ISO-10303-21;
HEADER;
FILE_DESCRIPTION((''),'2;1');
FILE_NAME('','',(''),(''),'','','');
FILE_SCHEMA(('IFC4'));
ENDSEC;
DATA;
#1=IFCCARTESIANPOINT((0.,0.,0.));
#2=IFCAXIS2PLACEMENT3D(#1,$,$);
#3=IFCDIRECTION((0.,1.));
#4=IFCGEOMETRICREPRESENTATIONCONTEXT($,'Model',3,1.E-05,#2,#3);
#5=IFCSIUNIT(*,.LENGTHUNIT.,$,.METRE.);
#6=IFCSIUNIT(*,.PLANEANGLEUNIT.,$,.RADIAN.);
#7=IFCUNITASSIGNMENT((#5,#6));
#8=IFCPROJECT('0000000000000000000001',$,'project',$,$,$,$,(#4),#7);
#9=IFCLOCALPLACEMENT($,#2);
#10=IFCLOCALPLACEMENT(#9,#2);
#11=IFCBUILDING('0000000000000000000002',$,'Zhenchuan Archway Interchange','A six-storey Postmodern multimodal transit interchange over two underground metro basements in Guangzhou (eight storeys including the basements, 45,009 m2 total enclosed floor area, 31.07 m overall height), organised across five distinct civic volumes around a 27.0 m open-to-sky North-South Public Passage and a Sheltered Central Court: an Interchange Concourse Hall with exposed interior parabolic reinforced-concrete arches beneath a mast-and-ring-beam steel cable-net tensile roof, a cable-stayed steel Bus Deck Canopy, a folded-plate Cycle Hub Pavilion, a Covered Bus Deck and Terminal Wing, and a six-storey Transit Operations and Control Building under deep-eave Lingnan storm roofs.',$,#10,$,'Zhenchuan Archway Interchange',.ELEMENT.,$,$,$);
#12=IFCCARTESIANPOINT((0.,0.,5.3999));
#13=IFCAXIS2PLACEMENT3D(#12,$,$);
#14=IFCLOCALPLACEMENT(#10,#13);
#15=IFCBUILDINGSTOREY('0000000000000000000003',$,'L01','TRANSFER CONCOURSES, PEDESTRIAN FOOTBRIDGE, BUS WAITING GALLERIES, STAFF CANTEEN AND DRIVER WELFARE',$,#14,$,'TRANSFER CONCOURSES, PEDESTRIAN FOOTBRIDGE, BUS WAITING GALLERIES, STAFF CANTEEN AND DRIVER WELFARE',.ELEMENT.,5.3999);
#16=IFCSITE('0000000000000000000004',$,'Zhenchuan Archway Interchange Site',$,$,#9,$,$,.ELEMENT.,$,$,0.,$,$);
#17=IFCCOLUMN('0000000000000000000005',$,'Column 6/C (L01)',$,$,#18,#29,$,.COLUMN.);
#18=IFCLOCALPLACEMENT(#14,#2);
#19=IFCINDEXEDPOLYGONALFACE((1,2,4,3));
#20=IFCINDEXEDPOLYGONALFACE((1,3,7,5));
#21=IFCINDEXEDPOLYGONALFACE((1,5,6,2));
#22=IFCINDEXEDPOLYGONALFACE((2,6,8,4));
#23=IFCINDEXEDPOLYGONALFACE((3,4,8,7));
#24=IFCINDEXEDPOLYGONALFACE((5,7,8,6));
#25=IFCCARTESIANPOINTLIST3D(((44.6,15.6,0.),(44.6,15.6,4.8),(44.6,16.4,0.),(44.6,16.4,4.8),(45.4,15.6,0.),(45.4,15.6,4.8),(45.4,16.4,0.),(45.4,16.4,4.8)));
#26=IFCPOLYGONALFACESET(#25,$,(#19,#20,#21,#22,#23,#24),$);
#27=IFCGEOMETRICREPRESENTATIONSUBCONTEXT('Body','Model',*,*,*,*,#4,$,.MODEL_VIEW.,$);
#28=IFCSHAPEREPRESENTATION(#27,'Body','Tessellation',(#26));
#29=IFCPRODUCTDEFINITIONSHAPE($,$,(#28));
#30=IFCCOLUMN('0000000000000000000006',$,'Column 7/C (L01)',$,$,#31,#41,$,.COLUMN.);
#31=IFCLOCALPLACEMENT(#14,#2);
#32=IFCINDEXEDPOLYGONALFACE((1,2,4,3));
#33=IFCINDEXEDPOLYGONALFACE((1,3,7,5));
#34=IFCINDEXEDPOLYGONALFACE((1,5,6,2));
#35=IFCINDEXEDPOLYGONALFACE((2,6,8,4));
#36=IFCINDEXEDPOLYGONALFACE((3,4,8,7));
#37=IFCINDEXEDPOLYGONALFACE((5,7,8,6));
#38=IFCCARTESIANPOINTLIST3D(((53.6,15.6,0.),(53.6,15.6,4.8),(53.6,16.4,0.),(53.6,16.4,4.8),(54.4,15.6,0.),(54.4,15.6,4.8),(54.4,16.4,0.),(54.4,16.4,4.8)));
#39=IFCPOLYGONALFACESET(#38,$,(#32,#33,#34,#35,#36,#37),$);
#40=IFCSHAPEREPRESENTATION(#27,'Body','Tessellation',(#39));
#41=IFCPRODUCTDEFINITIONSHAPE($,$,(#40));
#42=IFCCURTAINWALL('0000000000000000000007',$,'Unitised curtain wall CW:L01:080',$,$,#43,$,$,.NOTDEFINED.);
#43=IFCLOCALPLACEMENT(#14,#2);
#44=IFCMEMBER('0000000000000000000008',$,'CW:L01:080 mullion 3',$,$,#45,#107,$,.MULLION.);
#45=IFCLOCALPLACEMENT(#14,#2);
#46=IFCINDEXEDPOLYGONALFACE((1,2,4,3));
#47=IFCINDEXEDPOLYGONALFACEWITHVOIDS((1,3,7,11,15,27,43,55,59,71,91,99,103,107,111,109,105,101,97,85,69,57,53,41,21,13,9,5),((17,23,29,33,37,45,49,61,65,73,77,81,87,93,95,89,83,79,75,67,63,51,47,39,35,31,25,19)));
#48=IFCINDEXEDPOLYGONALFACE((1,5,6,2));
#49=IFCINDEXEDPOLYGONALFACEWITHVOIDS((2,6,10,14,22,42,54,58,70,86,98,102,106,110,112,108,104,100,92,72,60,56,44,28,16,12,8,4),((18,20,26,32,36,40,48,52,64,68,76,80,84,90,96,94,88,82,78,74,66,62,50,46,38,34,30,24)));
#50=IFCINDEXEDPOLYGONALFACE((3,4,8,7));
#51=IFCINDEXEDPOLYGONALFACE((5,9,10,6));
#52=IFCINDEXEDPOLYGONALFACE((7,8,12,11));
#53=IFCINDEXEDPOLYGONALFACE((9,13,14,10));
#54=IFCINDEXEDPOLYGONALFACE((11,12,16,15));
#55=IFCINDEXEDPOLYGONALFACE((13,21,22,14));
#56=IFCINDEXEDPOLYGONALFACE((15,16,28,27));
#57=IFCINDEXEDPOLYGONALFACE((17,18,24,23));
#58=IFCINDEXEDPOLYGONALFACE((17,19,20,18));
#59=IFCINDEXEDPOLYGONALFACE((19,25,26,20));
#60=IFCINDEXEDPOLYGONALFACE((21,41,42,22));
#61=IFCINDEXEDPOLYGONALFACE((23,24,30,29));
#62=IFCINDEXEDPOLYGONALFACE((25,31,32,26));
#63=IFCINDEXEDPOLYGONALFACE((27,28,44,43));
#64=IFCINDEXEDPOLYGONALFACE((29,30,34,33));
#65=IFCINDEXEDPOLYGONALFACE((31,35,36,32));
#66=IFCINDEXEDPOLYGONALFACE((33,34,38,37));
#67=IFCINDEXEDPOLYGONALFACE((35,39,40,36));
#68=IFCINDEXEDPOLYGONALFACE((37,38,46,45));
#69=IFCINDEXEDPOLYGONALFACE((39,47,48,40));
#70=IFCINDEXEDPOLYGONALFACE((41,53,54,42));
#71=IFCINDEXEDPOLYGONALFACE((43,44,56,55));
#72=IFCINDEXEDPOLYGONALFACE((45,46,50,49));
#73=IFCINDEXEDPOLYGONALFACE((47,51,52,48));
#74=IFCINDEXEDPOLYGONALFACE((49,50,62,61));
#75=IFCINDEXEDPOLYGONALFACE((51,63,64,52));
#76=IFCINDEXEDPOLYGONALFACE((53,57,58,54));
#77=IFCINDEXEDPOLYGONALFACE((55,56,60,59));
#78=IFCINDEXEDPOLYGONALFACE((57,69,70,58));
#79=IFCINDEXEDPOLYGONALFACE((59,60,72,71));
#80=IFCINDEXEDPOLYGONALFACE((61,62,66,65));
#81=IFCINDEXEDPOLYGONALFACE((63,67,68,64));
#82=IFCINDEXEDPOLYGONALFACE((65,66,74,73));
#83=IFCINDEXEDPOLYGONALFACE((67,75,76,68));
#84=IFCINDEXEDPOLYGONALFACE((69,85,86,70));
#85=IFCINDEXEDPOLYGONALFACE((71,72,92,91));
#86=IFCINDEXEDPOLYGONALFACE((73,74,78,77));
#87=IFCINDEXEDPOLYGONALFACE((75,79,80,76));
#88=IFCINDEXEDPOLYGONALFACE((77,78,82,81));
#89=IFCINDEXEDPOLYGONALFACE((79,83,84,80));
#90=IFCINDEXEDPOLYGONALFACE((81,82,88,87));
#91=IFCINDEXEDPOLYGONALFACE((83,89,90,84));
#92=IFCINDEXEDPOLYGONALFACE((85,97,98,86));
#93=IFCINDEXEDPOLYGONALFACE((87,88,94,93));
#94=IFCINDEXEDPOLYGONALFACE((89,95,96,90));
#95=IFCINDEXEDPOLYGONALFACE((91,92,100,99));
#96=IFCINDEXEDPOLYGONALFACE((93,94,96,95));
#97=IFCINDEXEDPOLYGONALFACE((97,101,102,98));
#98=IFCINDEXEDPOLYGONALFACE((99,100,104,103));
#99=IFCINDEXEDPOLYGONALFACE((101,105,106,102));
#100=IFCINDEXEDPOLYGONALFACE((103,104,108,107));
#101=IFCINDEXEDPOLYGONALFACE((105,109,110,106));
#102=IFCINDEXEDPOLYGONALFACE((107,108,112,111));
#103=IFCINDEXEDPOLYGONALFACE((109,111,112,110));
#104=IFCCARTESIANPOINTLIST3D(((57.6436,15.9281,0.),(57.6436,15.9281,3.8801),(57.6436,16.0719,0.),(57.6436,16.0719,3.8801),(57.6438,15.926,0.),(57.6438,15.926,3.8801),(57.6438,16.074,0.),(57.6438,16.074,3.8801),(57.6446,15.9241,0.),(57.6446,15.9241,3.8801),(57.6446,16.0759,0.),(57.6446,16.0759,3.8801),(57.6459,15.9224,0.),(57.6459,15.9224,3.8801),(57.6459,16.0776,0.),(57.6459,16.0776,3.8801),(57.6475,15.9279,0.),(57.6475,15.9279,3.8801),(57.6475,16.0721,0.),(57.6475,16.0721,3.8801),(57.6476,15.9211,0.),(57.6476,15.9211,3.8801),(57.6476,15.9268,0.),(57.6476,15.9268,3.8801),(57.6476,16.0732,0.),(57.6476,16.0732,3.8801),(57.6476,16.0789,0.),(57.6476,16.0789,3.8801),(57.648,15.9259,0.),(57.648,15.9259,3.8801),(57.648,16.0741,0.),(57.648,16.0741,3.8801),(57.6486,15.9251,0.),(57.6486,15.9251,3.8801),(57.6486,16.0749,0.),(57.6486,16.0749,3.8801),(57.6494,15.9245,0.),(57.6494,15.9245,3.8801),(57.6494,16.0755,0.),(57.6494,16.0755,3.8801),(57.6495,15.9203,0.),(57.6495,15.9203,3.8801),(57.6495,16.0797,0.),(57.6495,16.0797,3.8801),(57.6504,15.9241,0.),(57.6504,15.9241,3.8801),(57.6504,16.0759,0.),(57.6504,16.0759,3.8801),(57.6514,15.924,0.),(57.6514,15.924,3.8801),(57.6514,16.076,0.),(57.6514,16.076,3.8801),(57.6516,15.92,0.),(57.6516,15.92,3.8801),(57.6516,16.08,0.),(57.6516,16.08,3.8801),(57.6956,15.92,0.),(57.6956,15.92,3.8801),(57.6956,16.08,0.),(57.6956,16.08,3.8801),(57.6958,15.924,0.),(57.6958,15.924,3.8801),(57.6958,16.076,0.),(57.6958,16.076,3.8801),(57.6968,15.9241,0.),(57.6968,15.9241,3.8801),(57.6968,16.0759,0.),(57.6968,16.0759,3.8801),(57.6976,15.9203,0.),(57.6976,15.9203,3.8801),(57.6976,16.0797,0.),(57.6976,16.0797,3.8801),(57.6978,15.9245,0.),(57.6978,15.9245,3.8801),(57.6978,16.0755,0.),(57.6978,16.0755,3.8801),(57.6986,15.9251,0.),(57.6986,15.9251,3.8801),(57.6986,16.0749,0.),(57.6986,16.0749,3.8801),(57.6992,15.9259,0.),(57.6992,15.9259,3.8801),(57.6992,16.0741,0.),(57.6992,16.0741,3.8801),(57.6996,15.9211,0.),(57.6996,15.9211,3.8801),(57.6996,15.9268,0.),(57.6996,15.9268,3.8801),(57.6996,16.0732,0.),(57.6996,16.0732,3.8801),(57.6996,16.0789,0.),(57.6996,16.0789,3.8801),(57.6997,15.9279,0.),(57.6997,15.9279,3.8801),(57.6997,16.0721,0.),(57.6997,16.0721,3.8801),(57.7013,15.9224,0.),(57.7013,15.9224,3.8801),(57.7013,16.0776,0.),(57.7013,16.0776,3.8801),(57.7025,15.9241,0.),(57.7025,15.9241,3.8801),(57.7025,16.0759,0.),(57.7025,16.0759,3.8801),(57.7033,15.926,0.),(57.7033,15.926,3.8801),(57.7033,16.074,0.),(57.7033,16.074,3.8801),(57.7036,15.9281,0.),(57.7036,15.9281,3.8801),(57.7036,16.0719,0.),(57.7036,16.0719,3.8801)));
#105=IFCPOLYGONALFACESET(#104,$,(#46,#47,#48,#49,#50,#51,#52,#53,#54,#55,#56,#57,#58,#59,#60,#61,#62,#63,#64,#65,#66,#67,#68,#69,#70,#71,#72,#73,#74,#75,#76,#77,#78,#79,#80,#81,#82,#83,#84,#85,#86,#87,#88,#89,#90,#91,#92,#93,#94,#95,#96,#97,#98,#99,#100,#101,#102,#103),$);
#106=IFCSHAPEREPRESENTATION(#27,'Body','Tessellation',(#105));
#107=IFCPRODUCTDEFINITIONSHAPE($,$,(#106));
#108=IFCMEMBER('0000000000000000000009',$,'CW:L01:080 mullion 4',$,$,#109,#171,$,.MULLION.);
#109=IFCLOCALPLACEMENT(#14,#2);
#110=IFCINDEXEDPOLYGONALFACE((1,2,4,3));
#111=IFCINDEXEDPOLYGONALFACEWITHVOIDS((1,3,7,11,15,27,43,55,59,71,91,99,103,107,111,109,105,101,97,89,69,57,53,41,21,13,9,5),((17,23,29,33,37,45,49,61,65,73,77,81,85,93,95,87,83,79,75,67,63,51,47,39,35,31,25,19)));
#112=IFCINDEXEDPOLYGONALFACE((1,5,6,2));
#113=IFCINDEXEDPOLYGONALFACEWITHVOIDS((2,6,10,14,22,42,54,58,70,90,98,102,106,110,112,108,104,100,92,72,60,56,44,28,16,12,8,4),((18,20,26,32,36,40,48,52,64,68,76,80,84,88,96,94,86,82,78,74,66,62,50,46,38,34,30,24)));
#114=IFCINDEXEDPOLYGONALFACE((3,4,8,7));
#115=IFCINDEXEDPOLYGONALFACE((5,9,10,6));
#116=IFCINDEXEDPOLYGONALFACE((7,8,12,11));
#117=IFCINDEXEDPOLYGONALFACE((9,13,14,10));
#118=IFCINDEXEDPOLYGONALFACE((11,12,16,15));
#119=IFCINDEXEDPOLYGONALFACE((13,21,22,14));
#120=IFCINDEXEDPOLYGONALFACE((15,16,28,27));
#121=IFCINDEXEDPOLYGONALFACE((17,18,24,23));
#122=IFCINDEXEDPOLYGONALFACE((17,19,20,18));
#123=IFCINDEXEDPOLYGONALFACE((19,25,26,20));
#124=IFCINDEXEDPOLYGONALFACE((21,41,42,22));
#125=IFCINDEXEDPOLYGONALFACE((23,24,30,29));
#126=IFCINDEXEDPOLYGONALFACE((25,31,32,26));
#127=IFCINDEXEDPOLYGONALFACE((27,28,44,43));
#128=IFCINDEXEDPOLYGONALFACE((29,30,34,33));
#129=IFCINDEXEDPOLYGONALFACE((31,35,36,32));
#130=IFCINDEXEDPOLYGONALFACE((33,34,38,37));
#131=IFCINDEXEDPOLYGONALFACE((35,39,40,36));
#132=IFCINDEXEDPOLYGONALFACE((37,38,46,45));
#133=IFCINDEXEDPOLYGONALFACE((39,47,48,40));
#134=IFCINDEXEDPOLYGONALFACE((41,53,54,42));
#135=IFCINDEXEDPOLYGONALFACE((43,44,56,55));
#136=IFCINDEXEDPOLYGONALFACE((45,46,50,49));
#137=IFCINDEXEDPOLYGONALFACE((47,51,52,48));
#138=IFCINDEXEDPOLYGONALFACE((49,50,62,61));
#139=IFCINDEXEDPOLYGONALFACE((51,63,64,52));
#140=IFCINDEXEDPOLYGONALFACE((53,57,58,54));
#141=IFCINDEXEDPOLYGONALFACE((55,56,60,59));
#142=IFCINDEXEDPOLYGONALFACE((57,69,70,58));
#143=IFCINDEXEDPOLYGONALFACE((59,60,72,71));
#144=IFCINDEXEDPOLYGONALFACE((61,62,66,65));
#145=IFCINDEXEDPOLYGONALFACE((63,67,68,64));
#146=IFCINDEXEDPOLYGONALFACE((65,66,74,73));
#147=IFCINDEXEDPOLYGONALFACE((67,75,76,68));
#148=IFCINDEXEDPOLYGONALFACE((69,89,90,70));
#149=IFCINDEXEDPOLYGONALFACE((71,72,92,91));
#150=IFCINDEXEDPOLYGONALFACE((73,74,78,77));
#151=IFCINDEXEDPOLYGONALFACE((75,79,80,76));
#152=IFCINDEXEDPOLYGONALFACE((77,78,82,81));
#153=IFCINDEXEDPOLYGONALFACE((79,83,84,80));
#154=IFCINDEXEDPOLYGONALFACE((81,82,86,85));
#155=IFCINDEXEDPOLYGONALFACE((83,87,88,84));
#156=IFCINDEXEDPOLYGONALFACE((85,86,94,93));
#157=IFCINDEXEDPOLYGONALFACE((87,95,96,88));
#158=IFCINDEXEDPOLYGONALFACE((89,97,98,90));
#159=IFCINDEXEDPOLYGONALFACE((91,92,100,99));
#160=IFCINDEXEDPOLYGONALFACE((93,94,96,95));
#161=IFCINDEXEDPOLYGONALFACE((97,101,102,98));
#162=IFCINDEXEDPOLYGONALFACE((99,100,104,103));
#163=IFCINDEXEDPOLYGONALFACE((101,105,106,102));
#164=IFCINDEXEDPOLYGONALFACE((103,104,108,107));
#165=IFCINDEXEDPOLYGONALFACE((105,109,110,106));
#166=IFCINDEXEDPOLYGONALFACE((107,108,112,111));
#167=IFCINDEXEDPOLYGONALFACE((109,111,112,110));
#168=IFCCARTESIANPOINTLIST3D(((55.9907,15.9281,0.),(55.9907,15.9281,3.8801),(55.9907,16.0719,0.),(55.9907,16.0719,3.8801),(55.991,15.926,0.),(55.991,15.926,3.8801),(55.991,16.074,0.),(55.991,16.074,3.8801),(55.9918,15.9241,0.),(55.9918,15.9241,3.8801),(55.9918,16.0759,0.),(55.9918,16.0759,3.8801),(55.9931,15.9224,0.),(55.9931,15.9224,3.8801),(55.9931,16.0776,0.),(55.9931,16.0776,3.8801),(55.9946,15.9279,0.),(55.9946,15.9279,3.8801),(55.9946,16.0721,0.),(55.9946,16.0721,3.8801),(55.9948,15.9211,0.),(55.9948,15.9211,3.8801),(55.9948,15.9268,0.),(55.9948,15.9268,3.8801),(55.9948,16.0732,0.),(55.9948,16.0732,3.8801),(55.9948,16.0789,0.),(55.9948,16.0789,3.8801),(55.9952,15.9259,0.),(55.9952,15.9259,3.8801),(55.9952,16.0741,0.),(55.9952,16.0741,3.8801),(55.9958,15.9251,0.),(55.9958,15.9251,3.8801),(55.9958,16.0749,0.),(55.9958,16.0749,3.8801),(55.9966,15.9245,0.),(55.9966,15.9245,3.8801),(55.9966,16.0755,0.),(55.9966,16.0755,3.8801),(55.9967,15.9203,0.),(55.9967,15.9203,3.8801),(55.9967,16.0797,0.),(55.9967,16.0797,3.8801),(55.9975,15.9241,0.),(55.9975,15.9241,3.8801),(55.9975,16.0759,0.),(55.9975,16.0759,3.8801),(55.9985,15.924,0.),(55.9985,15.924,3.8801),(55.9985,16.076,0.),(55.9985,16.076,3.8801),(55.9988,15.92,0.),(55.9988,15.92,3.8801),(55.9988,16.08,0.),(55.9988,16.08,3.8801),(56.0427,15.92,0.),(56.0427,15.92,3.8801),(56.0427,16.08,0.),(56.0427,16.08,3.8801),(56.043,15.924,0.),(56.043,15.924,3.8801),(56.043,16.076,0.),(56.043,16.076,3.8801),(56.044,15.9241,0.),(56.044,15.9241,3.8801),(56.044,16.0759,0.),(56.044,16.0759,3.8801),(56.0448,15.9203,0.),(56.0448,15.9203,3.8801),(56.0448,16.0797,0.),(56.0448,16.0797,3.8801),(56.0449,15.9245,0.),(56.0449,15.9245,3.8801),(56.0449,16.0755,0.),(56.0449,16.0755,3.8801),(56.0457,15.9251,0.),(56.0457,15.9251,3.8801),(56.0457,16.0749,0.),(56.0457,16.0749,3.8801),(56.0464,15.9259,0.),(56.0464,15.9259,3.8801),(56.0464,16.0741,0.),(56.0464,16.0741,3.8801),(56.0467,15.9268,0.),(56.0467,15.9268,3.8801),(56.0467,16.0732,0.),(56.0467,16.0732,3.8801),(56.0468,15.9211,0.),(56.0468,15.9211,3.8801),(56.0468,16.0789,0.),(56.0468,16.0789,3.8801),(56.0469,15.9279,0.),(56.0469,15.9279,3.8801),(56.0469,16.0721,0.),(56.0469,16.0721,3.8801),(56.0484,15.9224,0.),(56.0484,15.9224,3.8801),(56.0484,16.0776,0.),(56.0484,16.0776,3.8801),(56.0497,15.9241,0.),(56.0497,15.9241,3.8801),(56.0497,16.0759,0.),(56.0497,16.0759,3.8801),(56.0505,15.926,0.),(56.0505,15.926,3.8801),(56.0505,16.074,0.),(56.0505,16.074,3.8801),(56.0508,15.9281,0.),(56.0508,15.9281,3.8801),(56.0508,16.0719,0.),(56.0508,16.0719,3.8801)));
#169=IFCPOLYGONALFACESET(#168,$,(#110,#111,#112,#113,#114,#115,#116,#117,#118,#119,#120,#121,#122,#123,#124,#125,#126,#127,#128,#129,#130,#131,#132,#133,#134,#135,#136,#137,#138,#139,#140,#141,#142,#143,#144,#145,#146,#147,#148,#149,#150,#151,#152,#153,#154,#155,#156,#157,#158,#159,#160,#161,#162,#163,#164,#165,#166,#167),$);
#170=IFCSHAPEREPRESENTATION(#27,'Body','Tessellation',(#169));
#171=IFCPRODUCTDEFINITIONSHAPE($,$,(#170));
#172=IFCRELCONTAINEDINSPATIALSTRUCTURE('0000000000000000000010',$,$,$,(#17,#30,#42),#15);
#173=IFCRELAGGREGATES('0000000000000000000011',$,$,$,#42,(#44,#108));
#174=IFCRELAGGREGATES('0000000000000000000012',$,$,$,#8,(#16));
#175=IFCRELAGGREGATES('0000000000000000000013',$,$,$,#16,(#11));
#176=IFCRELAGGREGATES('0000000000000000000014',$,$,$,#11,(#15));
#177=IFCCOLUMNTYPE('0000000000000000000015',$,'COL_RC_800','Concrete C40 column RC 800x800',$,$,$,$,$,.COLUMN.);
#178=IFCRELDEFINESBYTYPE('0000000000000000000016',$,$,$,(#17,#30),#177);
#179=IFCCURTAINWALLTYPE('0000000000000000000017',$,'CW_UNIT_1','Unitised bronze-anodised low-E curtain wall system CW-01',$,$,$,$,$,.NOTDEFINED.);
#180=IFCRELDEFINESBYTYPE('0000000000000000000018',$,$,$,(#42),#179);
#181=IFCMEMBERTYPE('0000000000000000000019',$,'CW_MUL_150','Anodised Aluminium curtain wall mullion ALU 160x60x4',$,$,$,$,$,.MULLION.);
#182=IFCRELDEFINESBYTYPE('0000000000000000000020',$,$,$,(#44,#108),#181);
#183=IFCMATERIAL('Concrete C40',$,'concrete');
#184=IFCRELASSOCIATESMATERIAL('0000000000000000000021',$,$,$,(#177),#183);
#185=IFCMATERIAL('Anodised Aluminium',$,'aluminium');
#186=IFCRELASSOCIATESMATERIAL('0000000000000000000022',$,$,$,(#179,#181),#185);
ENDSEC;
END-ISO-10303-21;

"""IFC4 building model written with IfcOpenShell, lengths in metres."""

from ifc_helpers import new_model, si_unit, direction, frame, origin, origin_2d, place, context, subcontext, project, spatial, rectangle, hollow_rectangle, extrude, material, material_profile, profile_set, type_object, element, aggregate, save


model = new_model("IFC4")

# Units and contexts
model_context = context("Model", 3, precision=1e-05, world=origin(), true_north=direction((0.0, 1.0)))
body_context = subcontext(model_context, "Body", "Model", "MODEL_VIEW")
ifc_project = project(units=[si_unit("LENGTHUNIT", "METRE"), si_unit("PLANEANGLEUNIT", "RADIAN")], contexts=[model_context])

# Site, building, storey
site_placement = place(None, origin())
site = spatial("IfcSite", under=ifc_project, at=site_placement, Name="Zhenchuan Archway Interchange Site", CompositionType="ELEMENT", RefElevation=0.0)
building_placement = place(site_placement, origin())
building = spatial("IfcBuilding", under=site, at=building_placement, Name="Zhenchuan Archway Interchange", Description="A six-storey Postmodern multimodal transit interchange over two underground metro basements in Guangzhou (eight storeys including the basements, 45,009 m2 total enclosed floor area, 31.07 m overall height), organised across five distinct civic volumes around a 27.0 m open-to-sky North-South Public Passage and a Sheltered Central Court: an Interchange Concourse Hall with exposed interior parabolic reinforced-concrete arches beneath a mast-and-ring-beam steel cable-net tensile roof, a cable-stayed steel Bus Deck Canopy, a folded-plate Cycle Hub Pavilion, a Covered Bus Deck and Terminal Wing, and a six-storey Transit Operations and Control Building under deep-eave Lingnan storm roofs.", LongName="Zhenchuan Archway Interchange", CompositionType="ELEMENT")
storey_placement = place(building_placement, frame((0.0, 0.0, 5.3999)))
storey = spatial("IfcBuildingStorey", under=building, at=storey_placement, Name="L01", Description="TRANSFER CONCOURSES, PEDESTRIAN FOOTBRIDGE, BUS WAITING GALLERIES, STAFF CANTEEN AND DRIVER WELFARE", LongName="TRANSFER CONCOURSES, PEDESTRIAN FOOTBRIDGE, BUS WAITING GALLERIES, STAFF CANTEEN AND DRIVER WELFARE", CompositionType="ELEMENT", Elevation=5.3999)

# Columns
ifc_material_1 = material(Name="Concrete C40", Category="concrete")
ifc_material_profile_1 = material_profile(ifc_material_1, rectangle(XDim=0.8, YDim=0.8, at=origin_2d()), Name="RC 800x800")
ifc_profile_set_1 = profile_set([ifc_material_profile_1], Name="Concrete C40")
column_type = type_object("IfcColumnType", Name="COL_RC_800", Description="Concrete C40 column RC 800x800", PredefinedType="COLUMN", material=ifc_profile_set_1)
for number, where, z_axis, x_axis, name in (
    (1, (45.0, 16.0, 0.0), (0.0, 0.0, 1.0), (1.0, 0.0, 0.0), "Column 6/C (L01)"),
    (2, (54.0, 16.0, 0.0), (0.0, 0.0, 1.0), (1.0, 0.0, 0.0), "Column 7/C (L01)"),
):
    element("IfcColumn", number, at=place(storey_placement, frame(where, z_axis=z_axis, x_axis=x_axis)), inside=storey, type_object=column_type, Name=name, PredefinedType="COLUMN", context=body_context, shape_type="SweptSolid", body=[
        extrude(rectangle(XDim=0.8, YDim=0.8, at=origin_2d()), origin(), (0.0, 0.0, 1.0), 4.8),
    ])

# Curtain wall, members
ifc_material_2 = material(Name="Anodised Aluminium", Category="aluminium")
curtain_wall_type_1 = type_object("IfcCurtainWallType", Name="CW_UNIT_1", Description="Unitised bronze-anodised low-E curtain wall system CW-01", PredefinedType="NOTDEFINED", material=ifc_material_2)
curtain_wall_1_placement = place(storey_placement, origin())
curtain_wall_1 = element("IfcCurtainWall", 3, at=curtain_wall_1_placement, inside=storey, type_object=curtain_wall_type_1, Name="Unitised curtain wall CW:L01:080", PredefinedType="NOTDEFINED")
ifc_material_profile_2 = material_profile(ifc_material_2, hollow_rectangle(XDim=0.0601, YDim=0.1599, WallThickness=0.0039, InnerFilletRadius=0.0039, OuterFilletRadius=0.0081, at=origin_2d()), Name="ALU 160x60x4")
ifc_profile_set_2 = profile_set([ifc_material_profile_2], Name="Anodised Aluminium")
member_type_1 = type_object("IfcMemberType", Name="CW_MUL_150", Description="Anodised Aluminium curtain wall mullion ALU 160x60x4", PredefinedType="MULLION", material=ifc_profile_set_2)
member_1_placement = place(storey_placement, frame((57.6736, 16.0, 0.0), z_axis=(0.0, 0.0, 1.0), x_axis=(1.0, 0.0, 0.0)))
member_1 = element("IfcMember", 4, at=member_1_placement, type_object=member_type_1, Name="CW:L01:080 mullion 3", PredefinedType="MULLION", context=body_context, shape_type="SweptSolid", body=[
    extrude(hollow_rectangle(XDim=0.0601, YDim=0.1599, WallThickness=0.0039, InnerFilletRadius=0.0039, OuterFilletRadius=0.0081, at=origin_2d()), origin(), (0.0, 0.0, 1.0), 3.8801),
])
member_2_placement = place(storey_placement, frame((56.0208, 16.0, 0.0), z_axis=(0.0, 0.0, 1.0), x_axis=(1.0, 0.0, 0.0)))
member_2 = element("IfcMember", 5, at=member_2_placement, type_object=member_type_1, Name="CW:L01:080 mullion 4", PredefinedType="MULLION", context=body_context, shape_type="SweptSolid", body=[
    extrude(hollow_rectangle(XDim=0.0601, YDim=0.1599, WallThickness=0.0039, InnerFilletRadius=0.0039, OuterFilletRadius=0.0081, at=origin_2d()), origin(), (0.0, 0.0, 1.0), 3.8801),
])

aggregate(curtain_wall_1, [member_1, member_2])

save(model, "model.ifc")
